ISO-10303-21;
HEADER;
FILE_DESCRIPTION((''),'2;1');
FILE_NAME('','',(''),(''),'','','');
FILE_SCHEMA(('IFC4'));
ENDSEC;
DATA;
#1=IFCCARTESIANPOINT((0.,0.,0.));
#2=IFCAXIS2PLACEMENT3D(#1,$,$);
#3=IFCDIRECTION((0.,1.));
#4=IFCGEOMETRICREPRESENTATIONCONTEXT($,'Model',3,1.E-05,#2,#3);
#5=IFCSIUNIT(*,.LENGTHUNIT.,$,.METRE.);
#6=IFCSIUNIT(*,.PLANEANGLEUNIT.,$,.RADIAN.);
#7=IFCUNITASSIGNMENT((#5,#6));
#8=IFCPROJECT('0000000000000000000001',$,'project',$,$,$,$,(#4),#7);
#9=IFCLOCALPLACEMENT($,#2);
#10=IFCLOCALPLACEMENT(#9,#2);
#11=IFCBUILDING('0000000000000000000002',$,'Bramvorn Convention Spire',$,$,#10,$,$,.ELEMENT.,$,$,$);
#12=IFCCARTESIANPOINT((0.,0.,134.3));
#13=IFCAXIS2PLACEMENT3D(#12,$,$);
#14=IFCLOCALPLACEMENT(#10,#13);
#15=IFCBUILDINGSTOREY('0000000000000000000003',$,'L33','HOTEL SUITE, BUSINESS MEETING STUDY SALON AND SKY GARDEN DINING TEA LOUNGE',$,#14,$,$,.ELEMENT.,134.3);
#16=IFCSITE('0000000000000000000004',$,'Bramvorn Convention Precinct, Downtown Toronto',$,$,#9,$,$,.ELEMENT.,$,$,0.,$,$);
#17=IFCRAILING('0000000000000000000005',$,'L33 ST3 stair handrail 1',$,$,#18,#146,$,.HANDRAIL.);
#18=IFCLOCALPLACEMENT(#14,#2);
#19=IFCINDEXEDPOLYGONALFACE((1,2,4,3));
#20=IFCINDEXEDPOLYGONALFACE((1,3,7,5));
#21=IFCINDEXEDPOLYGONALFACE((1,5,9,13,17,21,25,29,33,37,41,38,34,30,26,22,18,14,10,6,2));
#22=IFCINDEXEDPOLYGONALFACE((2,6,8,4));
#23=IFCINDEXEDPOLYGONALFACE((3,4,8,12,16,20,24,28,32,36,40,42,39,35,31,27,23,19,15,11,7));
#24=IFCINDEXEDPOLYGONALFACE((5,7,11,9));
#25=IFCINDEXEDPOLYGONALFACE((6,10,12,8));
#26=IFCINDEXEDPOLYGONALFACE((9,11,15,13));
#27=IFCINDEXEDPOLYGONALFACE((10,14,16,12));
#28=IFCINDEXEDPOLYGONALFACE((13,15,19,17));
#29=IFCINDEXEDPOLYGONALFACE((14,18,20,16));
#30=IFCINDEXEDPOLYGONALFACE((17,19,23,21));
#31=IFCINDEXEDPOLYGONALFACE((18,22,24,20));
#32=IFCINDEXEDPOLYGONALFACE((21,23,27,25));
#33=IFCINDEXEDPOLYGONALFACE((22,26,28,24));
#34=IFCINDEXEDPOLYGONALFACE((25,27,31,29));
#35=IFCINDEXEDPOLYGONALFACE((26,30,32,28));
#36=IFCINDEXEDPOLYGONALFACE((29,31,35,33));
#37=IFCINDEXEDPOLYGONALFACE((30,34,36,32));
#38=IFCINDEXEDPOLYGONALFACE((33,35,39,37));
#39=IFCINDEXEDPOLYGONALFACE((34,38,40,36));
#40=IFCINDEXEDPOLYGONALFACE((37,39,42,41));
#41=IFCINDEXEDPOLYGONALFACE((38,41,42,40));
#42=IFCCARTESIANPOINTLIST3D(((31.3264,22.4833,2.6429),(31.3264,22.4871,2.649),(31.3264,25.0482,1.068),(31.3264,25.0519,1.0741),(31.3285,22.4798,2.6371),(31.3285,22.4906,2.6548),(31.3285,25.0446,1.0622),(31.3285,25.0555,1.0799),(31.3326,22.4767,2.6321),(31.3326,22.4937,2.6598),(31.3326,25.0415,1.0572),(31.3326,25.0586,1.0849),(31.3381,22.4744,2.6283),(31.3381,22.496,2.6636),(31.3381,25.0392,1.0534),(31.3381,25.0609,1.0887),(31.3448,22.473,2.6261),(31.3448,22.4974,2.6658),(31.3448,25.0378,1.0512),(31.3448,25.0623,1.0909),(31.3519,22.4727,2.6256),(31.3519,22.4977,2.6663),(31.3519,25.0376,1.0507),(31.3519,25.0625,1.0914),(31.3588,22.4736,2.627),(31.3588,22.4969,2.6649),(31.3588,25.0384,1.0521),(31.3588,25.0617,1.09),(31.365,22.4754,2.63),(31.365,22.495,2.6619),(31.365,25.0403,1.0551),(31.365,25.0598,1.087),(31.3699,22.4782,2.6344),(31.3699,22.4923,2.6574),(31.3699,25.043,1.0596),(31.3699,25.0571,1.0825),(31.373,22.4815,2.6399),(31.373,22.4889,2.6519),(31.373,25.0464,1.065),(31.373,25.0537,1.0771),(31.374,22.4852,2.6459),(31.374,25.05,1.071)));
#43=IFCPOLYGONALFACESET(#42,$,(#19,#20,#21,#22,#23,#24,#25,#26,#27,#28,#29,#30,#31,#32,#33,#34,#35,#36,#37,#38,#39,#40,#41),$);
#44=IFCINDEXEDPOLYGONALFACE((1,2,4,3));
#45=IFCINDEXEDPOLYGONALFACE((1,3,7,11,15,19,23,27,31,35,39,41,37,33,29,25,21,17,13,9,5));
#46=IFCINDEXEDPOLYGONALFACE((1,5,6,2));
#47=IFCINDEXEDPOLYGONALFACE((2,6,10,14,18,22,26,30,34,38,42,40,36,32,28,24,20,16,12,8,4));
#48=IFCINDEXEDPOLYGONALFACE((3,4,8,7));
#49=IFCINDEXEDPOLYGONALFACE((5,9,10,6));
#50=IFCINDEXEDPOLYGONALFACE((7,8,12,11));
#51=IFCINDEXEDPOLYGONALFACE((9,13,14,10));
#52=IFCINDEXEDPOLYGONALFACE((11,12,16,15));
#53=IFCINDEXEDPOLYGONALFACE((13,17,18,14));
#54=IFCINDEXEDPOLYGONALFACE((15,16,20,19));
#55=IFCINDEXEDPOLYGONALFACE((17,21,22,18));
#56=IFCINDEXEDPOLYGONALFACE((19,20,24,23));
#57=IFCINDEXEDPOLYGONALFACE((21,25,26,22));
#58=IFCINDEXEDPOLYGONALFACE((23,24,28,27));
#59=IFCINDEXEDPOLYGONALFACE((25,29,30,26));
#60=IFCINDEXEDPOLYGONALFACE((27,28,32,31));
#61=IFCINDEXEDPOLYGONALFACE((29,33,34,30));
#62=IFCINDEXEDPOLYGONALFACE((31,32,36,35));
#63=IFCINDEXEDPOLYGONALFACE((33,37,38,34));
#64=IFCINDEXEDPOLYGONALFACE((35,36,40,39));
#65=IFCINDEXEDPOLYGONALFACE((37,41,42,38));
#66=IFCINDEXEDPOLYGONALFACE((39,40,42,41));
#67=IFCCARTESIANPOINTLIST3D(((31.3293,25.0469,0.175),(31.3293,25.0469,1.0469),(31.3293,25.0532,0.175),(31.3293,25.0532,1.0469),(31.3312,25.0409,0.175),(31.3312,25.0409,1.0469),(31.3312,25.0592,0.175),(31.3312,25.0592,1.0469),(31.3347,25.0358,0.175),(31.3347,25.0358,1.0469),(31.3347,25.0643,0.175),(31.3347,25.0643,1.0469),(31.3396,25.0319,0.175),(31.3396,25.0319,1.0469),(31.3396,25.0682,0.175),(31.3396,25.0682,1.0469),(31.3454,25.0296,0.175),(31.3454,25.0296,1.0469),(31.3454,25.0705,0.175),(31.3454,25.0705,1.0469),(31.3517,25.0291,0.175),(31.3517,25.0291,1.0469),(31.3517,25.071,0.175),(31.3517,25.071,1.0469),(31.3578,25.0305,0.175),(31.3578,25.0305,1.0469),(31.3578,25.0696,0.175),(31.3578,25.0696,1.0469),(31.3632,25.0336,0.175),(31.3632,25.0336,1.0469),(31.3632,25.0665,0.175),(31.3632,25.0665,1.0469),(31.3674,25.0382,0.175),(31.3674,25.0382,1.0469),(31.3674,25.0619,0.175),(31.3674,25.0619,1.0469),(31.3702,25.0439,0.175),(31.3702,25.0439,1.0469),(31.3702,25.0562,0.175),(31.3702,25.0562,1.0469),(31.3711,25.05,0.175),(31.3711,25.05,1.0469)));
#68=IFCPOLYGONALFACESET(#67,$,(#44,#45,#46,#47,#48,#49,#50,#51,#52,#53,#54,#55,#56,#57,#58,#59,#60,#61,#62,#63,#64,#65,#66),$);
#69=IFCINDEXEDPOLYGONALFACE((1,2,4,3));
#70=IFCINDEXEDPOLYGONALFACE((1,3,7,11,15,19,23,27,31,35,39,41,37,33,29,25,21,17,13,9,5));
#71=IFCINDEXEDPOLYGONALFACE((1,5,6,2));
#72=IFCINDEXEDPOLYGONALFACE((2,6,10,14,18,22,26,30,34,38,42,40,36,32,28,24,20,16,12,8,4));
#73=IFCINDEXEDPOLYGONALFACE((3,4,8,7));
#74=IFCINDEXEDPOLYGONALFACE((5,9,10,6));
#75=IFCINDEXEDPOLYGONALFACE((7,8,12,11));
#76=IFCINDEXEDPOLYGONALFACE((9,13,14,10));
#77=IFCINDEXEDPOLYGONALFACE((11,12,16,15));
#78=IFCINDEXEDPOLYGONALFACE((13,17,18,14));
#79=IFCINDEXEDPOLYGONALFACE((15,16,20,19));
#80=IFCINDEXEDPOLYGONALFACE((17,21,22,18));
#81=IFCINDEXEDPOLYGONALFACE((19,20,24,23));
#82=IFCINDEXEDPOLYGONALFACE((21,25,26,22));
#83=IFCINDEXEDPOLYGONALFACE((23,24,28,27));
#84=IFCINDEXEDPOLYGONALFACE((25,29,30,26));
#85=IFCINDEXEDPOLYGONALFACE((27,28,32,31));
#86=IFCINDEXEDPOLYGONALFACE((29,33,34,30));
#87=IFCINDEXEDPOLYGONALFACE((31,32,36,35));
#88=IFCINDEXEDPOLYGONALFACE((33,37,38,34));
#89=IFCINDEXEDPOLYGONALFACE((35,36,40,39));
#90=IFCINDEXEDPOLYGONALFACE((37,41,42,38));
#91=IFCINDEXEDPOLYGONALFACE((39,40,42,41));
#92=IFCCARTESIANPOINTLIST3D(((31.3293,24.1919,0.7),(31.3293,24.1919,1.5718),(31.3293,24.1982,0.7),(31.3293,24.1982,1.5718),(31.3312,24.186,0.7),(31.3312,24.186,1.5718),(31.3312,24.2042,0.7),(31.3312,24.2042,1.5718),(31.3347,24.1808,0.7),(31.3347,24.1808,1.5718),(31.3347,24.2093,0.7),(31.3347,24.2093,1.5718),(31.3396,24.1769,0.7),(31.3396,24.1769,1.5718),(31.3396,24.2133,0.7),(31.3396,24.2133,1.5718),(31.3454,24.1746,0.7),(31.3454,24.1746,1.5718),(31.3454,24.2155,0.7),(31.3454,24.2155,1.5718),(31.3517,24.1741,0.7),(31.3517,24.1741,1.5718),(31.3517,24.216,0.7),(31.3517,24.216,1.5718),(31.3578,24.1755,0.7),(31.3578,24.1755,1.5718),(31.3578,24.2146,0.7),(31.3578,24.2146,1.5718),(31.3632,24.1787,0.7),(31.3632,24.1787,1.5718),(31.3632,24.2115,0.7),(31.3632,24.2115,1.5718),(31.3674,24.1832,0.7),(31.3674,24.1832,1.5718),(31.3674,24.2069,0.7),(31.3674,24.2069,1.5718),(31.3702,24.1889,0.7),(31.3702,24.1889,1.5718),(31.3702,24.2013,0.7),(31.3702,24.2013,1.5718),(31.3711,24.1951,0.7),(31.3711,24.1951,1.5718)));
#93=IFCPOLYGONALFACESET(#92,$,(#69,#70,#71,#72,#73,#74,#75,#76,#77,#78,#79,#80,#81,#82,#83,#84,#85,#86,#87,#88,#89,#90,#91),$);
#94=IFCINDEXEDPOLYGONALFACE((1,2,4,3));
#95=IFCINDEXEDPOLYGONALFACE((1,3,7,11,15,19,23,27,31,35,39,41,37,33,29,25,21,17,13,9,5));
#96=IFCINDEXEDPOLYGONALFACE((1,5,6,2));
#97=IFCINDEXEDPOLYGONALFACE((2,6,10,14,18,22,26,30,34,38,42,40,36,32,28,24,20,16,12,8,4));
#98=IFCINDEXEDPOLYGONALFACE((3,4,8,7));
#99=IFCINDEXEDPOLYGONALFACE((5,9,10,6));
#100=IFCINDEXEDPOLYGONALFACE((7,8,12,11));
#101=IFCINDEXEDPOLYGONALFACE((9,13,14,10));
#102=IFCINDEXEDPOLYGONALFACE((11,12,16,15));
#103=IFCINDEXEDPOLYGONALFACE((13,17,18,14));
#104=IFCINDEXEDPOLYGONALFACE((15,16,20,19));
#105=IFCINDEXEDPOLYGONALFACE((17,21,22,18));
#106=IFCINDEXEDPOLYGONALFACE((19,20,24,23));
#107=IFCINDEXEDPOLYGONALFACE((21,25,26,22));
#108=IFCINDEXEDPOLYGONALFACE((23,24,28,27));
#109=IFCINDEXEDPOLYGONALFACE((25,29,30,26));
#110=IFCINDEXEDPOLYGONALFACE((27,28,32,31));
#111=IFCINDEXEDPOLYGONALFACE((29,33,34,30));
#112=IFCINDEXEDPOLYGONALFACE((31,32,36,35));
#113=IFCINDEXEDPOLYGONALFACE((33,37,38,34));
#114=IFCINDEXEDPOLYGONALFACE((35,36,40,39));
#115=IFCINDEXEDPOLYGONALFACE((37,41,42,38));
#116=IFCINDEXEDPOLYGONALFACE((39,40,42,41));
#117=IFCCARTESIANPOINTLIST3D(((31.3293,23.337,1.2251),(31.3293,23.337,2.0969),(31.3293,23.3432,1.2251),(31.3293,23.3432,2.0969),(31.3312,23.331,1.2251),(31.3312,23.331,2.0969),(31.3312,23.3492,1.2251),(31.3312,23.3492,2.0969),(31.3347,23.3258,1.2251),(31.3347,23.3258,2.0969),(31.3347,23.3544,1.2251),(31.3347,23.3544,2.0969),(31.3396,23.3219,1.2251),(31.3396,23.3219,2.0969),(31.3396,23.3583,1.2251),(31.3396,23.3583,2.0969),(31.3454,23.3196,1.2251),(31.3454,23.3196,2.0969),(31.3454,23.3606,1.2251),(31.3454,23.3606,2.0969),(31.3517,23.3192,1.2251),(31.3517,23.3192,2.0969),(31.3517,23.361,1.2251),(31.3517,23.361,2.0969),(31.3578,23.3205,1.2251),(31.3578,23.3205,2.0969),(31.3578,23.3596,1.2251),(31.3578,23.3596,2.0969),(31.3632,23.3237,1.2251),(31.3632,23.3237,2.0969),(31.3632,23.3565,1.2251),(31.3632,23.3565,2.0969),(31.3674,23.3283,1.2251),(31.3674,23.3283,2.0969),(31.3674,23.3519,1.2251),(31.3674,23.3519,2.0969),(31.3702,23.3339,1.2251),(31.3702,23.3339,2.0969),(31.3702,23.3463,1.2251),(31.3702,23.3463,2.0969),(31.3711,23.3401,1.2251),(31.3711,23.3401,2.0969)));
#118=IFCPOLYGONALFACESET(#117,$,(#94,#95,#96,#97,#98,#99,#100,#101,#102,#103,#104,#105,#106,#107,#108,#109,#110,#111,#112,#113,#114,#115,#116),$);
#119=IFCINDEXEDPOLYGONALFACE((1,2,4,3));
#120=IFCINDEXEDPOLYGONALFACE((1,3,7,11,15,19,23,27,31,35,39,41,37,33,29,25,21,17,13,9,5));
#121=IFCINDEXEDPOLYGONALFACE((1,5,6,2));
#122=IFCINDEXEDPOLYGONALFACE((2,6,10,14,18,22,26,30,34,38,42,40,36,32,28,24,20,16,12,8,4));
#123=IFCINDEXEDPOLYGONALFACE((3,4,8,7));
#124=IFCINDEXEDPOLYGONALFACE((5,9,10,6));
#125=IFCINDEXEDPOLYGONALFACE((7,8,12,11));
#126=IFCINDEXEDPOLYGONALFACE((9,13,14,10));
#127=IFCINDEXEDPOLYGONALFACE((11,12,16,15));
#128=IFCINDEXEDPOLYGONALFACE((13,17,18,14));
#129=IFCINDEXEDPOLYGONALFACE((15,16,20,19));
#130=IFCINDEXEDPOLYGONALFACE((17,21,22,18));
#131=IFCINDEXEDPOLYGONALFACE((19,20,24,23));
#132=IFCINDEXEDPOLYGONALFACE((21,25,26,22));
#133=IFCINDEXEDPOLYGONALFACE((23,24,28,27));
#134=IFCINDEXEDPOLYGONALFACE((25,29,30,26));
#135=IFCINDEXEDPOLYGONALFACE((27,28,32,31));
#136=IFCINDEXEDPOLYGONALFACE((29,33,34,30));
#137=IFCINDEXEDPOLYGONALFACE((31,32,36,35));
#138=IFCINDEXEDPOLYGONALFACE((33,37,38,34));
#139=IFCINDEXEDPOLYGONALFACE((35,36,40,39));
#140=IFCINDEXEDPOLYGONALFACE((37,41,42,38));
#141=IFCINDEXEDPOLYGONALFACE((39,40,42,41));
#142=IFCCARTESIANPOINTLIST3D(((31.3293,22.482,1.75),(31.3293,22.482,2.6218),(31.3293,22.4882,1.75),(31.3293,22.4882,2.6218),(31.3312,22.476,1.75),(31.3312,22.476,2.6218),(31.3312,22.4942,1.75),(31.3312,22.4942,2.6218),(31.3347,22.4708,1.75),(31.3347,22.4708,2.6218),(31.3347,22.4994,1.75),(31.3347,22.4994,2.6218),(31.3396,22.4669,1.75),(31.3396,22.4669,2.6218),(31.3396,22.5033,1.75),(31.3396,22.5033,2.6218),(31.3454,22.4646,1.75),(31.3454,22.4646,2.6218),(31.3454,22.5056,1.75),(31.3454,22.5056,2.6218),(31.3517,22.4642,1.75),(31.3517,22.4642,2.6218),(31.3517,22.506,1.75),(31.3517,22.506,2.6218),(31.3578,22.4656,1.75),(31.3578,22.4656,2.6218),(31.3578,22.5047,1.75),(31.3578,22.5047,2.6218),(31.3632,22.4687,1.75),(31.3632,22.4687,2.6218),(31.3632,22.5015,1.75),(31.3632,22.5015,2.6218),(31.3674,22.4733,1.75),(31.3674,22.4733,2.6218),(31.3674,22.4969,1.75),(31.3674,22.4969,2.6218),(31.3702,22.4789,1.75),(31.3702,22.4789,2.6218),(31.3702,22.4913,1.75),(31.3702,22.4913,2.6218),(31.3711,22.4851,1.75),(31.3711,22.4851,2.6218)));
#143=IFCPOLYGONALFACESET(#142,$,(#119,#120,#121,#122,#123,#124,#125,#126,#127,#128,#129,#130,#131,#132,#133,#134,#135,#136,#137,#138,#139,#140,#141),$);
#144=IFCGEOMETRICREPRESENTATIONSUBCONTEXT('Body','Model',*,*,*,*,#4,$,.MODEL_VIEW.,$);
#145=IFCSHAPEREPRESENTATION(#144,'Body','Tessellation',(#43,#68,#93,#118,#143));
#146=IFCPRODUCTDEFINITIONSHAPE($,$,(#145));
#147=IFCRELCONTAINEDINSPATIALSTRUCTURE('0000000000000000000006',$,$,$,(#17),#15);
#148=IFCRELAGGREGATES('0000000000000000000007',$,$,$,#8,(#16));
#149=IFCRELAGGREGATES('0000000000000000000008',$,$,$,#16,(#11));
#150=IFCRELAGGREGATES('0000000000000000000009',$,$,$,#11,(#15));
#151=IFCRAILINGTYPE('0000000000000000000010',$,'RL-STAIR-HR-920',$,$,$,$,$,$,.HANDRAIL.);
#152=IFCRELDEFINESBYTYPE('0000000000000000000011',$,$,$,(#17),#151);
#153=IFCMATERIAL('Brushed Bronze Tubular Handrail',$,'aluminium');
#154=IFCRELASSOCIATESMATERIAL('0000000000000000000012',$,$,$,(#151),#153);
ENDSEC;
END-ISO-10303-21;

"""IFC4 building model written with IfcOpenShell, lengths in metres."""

from ifc_helpers import new_model, si_unit, direction, frame, origin, origin_2d, place, context, subcontext, project, spatial, circle, extrude, material, type_object, element, save


model = new_model("IFC4")

# Units and contexts
model_context = context("Model", 3, precision=1e-05, world=origin(), true_north=direction((0.0, 1.0)))
body_context = subcontext(model_context, "Body", "Model", "MODEL_VIEW")
ifc_project = project(units=[si_unit("LENGTHUNIT", "METRE"), si_unit("PLANEANGLEUNIT", "RADIAN")], contexts=[model_context])

# Site, building, storey
site_placement = place(None, origin())
site = spatial("IfcSite", under=ifc_project, at=site_placement, Name="Bramvorn Convention Precinct, Downtown Toronto", CompositionType="ELEMENT", RefElevation=0.0)
building_placement = place(site_placement, origin())
building = spatial("IfcBuilding", under=site, at=building_placement, Name="Bramvorn Convention Spire", CompositionType="ELEMENT")
storey_placement = place(building_placement, frame((0.0, 0.0, 134.3)))
storey = spatial("IfcBuildingStorey", under=building, at=storey_placement, Name="L33", Description="HOTEL SUITE, BUSINESS MEETING STUDY SALON AND SKY GARDEN DINING TEA LOUNGE", CompositionType="ELEMENT", Elevation=134.3)

# Railing
ifc_material_1 = material(Name="Brushed Bronze Tubular Handrail", Category="aluminium")
railing_type_1 = type_object("IfcRailingType", Name="RL-STAIR-HR-920", PredefinedType="HANDRAIL", material=ifc_material_1)
railing_1_placement = place(storey_placement, frame((31.3501, 25.05, 0.175)))
element("IfcRailing", 1, at=railing_1_placement, inside=storey, type_object=railing_type_1, Name="L33 ST3 stair handrail 1", PredefinedType="HANDRAIL", context=body_context, shape_type="SweptSolid", body=[
    extrude(circle(Radius=0.0239, at=origin_2d()), frame((0.0, 0.0, 0.896), z_axis=(0.0, -0.852173, 0.52326), x_axis=(1.0, 0.0, 0.0)), (0.0, 0.0, 1.0), 3.0098),
    extrude(circle(Radius=0.021, at=origin_2d()), origin(), (0.0, 0.0, 1.0), 0.8718),
    extrude(circle(Radius=0.021, at=origin_2d()), frame((0.0, -0.855, 0.5249)), (0.0, 0.0, 1.0), 0.8718),
    extrude(circle(Radius=0.021, at=origin_2d()), frame((0.0, -1.71, 1.05)), (0.0, 0.0, 1.0), 0.8718),
    extrude(circle(Radius=0.021, at=origin_2d()), frame((0.0, -2.5649, 1.575)), (0.0, 0.0, 1.0), 0.8718),
])

save(model, "model.ifc")
